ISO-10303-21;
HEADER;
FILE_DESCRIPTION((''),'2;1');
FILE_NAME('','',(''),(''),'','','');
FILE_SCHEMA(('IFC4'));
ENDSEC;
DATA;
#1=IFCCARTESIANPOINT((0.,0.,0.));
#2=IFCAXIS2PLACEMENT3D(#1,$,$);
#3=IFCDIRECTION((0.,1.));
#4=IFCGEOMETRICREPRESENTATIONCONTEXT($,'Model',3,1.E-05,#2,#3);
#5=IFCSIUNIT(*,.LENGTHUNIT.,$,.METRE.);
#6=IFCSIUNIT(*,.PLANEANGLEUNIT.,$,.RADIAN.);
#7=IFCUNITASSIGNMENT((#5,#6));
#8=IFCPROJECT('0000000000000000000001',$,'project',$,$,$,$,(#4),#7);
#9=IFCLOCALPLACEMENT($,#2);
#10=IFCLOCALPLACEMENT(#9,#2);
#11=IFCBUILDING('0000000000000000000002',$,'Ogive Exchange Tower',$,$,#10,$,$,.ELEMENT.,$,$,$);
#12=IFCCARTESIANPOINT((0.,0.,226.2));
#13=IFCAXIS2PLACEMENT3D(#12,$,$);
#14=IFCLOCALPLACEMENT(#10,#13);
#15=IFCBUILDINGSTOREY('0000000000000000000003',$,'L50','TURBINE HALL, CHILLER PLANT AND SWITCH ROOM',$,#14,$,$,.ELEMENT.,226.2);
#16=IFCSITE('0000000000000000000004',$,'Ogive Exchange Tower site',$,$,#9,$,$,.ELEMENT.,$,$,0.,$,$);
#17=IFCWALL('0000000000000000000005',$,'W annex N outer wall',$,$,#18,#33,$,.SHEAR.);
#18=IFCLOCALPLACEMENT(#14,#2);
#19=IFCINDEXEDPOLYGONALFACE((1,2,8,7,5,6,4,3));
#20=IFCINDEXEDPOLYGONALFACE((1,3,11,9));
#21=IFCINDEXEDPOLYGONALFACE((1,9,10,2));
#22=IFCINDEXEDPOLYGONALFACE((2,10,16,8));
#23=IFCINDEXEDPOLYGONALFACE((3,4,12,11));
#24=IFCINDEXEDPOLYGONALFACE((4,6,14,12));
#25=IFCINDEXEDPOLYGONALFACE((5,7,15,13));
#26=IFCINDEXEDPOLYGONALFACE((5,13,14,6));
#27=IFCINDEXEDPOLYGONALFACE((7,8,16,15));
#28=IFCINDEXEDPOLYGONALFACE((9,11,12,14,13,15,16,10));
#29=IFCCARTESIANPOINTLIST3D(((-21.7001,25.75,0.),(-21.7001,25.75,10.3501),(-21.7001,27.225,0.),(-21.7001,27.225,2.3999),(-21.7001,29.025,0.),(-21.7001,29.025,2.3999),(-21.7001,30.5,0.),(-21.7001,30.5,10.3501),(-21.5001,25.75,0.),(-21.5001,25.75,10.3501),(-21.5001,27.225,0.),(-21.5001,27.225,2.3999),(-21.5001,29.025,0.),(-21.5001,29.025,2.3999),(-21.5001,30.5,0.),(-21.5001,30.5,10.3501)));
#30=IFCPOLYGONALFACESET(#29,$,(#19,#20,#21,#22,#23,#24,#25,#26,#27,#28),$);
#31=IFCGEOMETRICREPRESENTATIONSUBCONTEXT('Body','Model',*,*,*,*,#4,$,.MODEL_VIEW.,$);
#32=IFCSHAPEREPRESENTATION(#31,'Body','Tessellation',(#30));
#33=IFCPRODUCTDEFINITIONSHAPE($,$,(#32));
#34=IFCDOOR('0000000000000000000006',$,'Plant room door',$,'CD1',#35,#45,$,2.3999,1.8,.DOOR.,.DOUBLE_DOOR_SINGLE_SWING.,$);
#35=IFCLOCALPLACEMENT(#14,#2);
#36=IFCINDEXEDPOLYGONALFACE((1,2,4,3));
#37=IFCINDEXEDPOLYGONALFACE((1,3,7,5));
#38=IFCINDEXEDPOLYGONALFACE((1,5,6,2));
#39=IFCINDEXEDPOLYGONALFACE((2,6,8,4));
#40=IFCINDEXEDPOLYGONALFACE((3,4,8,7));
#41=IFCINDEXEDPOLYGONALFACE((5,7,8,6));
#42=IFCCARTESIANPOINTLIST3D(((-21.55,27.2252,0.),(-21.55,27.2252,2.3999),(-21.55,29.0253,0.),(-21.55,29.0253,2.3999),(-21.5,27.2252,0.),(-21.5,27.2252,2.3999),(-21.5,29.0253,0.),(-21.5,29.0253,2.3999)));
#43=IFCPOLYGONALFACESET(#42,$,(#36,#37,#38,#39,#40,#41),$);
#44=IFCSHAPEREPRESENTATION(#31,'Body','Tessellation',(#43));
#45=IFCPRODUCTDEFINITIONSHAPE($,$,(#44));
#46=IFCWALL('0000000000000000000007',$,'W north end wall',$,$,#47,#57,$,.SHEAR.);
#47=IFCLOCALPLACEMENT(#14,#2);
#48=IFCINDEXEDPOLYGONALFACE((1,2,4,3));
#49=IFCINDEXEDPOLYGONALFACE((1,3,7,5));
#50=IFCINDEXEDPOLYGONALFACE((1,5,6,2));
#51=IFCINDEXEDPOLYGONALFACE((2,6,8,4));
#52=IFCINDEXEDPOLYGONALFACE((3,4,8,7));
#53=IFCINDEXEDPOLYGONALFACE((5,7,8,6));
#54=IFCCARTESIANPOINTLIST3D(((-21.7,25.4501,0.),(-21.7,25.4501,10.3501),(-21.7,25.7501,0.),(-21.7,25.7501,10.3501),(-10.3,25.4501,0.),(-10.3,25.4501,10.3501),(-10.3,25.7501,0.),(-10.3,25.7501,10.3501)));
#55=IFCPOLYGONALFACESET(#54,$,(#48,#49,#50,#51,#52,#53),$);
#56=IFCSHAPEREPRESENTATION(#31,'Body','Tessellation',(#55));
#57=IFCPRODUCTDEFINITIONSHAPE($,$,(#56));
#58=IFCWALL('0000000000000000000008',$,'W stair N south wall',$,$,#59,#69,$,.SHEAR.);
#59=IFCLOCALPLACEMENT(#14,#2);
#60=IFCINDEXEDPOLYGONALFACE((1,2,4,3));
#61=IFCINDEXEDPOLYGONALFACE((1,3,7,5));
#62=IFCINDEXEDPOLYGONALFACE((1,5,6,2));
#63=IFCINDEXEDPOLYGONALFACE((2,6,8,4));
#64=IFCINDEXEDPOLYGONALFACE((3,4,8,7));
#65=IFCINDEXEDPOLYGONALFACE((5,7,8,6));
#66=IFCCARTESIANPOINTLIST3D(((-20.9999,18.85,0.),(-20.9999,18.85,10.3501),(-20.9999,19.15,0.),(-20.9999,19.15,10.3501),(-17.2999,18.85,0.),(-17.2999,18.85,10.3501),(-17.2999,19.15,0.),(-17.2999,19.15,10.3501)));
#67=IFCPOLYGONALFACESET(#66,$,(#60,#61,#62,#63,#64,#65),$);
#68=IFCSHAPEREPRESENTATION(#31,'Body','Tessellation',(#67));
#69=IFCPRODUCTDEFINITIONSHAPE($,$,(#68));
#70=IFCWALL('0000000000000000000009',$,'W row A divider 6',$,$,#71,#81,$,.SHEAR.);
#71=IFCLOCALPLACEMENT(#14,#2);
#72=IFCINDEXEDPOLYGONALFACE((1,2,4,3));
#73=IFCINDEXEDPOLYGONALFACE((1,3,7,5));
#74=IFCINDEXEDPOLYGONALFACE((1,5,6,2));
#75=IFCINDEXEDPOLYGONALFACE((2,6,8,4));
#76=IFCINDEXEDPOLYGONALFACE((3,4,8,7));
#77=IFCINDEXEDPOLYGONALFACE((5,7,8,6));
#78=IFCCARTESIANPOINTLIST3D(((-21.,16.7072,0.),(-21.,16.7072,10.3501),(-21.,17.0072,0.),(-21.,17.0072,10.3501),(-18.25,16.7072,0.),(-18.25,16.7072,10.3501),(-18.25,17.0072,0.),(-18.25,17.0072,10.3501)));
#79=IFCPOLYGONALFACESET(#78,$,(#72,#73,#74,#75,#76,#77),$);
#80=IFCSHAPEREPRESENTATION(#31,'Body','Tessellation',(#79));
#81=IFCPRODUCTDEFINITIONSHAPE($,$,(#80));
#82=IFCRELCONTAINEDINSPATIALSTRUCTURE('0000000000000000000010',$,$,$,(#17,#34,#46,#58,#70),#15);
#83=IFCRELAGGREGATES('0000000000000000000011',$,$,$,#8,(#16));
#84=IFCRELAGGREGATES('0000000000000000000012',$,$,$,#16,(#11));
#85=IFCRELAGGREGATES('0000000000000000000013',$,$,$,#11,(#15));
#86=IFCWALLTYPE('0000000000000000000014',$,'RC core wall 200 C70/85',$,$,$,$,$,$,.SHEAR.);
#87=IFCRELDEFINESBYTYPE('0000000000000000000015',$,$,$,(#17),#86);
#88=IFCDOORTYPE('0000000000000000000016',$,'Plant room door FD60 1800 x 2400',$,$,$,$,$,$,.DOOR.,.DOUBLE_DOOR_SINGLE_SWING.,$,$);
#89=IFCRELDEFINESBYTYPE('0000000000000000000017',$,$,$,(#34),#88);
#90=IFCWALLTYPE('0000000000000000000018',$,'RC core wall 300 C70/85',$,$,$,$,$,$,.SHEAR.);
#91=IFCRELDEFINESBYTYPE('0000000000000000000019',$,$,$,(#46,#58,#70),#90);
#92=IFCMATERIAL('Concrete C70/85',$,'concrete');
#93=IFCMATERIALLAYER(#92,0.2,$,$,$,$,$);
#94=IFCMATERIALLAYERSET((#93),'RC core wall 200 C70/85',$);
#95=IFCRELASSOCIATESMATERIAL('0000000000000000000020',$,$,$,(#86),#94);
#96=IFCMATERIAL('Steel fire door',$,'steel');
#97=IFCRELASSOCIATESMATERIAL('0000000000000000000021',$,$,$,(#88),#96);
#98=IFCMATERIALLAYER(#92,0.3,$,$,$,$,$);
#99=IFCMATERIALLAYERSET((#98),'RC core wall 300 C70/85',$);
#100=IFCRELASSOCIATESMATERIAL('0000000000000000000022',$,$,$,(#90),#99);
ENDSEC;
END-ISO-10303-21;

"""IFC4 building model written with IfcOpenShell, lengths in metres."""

from ifc_helpers import new_model, si_unit, direction, frame, frame_2d, origin, place, context, subcontext, project, spatial, rectangle, extrude, material, layer, layer_set, type_object, element, fill, save


model = new_model("IFC4")

# Units and contexts
model_context = context("Model", 3, precision=1e-05, world=origin(), true_north=direction((0.0, 1.0)))
body_context = subcontext(model_context, "Body", "Model", "MODEL_VIEW")
ifc_project = project(units=[si_unit("LENGTHUNIT", "METRE"), si_unit("PLANEANGLEUNIT", "RADIAN")], contexts=[model_context])

# Site, building, storey
site_placement = place(None, origin())
site = spatial("IfcSite", under=ifc_project, at=site_placement, Name="Ogive Exchange Tower site", CompositionType="ELEMENT", RefElevation=0.0)
building_placement = place(site_placement, origin())
building = spatial("IfcBuilding", under=site, at=building_placement, Name="Ogive Exchange Tower", CompositionType="ELEMENT")
storey_placement = place(building_placement, frame((0.0, 0.0, 226.2)))
storey = spatial("IfcBuildingStorey", under=building, at=storey_placement, Name="L50", Description="TURBINE HALL, CHILLER PLANT AND SWITCH ROOM", CompositionType="ELEMENT", Elevation=226.2)

# Wall, opening, door
ifc_material_1 = material(Name="Concrete C70/85", Category="concrete")
ifc_layer_1 = layer(ifc_material_1, 0.2)
ifc_layer_set_1 = layer_set([ifc_layer_1], Name="RC core wall 200 C70/85")
wall_type_1 = type_object("IfcWallType", Name="RC core wall 200 C70/85", PredefinedType="SHEAR", material=ifc_layer_set_1)
wall_1_placement = place(storey_placement, frame((-21.6001, 25.75, 0.0), z_axis=(0.0, 0.0, 1.0), x_axis=(0.0, 1.0, 0.0)))
wall_1 = element("IfcWall", 1, at=wall_1_placement, inside=storey, type_object=wall_type_1, Name="W annex N outer wall", PredefinedType="SHEAR", context=body_context, shape_type="SweptSolid", body=[
    extrude(rectangle(XDim=4.75, YDim=0.2, at=frame_2d((2.375, 0.0))), origin(), (0.0, 0.0, 1.0), 10.3501),
])
opening_placement = place(wall_1_placement, frame((1.4751, 0.0, 0.0)))
opening = element("IfcOpeningElement", 2, at=opening_placement, cuts=wall_1, PredefinedType="OPENING", context=body_context, shape_type="SweptSolid", body=[
    extrude(rectangle(XDim=1.8, YDim=2.3999, at=frame_2d((0.8999, 1.2))), frame((0.0, 0.1099, 0.0), z_axis=(0.0, -1.0, 0.0), x_axis=(1.0, 0.0, 0.0)), (0.0, 0.0, 1.0), 0.22),
])
ifc_material_2 = material(Name="Steel fire door", Category="steel")
door_type = type_object("IfcDoorType", Name="Plant room door FD60 1800 x 2400", OperationType="DOUBLE_DOOR_SINGLE_SWING", PredefinedType="DOOR", material=ifc_material_2)
door_placement = place(opening_placement, frame((1.8, -0.1499, 0.0), z_axis=(0.0, 0.0, 1.0), x_axis=(-1.0, 0.0, 0.0)))
door = element("IfcDoor", 3, at=door_placement, inside=storey, type_object=door_type, Name="Plant room door", ObjectType="CD1", OperationType="DOUBLE_DOOR_SINGLE_SWING", OverallHeight=2.3999, OverallWidth=1.8, PredefinedType="DOOR", context=body_context, shape_type="SweptSolid", body=[
    extrude(rectangle(XDim=1.8, YDim=2.3999, at=frame_2d((0.8999, 1.2))), frame((0.0, -0.0498, 0.0), z_axis=(0.0, -1.0, 0.0), x_axis=(1.0, 0.0, 0.0)), (0.0, 0.0, 1.0), 0.05),
])
fill(opening, door)

# Walls
ifc_layer_2 = layer(ifc_material_1, 0.3)
ifc_layer_set_2 = layer_set([ifc_layer_2], Name="RC core wall 300 C70/85")
wall_type_2 = type_object("IfcWallType", Name="RC core wall 300 C70/85", PredefinedType="SHEAR", material=ifc_layer_set_2)
wall_2_placement = place(storey_placement, frame((-21.7, 25.6001, 0.0), z_axis=(0.0, 0.0, 1.0), x_axis=(1.0, 0.0, 0.0)))
element("IfcWall", 4, at=wall_2_placement, inside=storey, type_object=wall_type_2, Name="W north end wall", PredefinedType="SHEAR", context=body_context, shape_type="SweptSolid", body=[
    extrude(rectangle(XDim=11.3999, YDim=0.3, at=frame_2d((5.7, 0.0))), origin(), (0.0, 0.0, 1.0), 10.3501),
])
wall_3_placement = place(storey_placement, frame((-21.0, 19.0, 0.0), z_axis=(0.0, 0.0, 1.0), x_axis=(1.0, 0.0, 0.0)))
element("IfcWall", 5, at=wall_3_placement, inside=storey, type_object=wall_type_2, Name="W stair N south wall", PredefinedType="SHEAR", context=body_context, shape_type="SweptSolid", body=[
    extrude(rectangle(XDim=3.7, YDim=0.3, at=frame_2d((1.8501, 0.0))), origin(), (0.0, 0.0, 1.0), 10.3501),
])
wall_4_placement = place(storey_placement, frame((-21.0, 16.8572, 0.0), z_axis=(0.0, 0.0, 1.0), x_axis=(1.0, 0.0, 0.0)))
element("IfcWall", 6, at=wall_4_placement, inside=storey, type_object=wall_type_2, Name="W row A divider 6", PredefinedType="SHEAR", context=body_context, shape_type="SweptSolid", body=[
    extrude(rectangle(XDim=2.75, YDim=0.3, at=frame_2d((1.375, 0.0))), origin(), (0.0, 0.0, 1.0), 10.3501),
])

save(model, "model.ifc")
